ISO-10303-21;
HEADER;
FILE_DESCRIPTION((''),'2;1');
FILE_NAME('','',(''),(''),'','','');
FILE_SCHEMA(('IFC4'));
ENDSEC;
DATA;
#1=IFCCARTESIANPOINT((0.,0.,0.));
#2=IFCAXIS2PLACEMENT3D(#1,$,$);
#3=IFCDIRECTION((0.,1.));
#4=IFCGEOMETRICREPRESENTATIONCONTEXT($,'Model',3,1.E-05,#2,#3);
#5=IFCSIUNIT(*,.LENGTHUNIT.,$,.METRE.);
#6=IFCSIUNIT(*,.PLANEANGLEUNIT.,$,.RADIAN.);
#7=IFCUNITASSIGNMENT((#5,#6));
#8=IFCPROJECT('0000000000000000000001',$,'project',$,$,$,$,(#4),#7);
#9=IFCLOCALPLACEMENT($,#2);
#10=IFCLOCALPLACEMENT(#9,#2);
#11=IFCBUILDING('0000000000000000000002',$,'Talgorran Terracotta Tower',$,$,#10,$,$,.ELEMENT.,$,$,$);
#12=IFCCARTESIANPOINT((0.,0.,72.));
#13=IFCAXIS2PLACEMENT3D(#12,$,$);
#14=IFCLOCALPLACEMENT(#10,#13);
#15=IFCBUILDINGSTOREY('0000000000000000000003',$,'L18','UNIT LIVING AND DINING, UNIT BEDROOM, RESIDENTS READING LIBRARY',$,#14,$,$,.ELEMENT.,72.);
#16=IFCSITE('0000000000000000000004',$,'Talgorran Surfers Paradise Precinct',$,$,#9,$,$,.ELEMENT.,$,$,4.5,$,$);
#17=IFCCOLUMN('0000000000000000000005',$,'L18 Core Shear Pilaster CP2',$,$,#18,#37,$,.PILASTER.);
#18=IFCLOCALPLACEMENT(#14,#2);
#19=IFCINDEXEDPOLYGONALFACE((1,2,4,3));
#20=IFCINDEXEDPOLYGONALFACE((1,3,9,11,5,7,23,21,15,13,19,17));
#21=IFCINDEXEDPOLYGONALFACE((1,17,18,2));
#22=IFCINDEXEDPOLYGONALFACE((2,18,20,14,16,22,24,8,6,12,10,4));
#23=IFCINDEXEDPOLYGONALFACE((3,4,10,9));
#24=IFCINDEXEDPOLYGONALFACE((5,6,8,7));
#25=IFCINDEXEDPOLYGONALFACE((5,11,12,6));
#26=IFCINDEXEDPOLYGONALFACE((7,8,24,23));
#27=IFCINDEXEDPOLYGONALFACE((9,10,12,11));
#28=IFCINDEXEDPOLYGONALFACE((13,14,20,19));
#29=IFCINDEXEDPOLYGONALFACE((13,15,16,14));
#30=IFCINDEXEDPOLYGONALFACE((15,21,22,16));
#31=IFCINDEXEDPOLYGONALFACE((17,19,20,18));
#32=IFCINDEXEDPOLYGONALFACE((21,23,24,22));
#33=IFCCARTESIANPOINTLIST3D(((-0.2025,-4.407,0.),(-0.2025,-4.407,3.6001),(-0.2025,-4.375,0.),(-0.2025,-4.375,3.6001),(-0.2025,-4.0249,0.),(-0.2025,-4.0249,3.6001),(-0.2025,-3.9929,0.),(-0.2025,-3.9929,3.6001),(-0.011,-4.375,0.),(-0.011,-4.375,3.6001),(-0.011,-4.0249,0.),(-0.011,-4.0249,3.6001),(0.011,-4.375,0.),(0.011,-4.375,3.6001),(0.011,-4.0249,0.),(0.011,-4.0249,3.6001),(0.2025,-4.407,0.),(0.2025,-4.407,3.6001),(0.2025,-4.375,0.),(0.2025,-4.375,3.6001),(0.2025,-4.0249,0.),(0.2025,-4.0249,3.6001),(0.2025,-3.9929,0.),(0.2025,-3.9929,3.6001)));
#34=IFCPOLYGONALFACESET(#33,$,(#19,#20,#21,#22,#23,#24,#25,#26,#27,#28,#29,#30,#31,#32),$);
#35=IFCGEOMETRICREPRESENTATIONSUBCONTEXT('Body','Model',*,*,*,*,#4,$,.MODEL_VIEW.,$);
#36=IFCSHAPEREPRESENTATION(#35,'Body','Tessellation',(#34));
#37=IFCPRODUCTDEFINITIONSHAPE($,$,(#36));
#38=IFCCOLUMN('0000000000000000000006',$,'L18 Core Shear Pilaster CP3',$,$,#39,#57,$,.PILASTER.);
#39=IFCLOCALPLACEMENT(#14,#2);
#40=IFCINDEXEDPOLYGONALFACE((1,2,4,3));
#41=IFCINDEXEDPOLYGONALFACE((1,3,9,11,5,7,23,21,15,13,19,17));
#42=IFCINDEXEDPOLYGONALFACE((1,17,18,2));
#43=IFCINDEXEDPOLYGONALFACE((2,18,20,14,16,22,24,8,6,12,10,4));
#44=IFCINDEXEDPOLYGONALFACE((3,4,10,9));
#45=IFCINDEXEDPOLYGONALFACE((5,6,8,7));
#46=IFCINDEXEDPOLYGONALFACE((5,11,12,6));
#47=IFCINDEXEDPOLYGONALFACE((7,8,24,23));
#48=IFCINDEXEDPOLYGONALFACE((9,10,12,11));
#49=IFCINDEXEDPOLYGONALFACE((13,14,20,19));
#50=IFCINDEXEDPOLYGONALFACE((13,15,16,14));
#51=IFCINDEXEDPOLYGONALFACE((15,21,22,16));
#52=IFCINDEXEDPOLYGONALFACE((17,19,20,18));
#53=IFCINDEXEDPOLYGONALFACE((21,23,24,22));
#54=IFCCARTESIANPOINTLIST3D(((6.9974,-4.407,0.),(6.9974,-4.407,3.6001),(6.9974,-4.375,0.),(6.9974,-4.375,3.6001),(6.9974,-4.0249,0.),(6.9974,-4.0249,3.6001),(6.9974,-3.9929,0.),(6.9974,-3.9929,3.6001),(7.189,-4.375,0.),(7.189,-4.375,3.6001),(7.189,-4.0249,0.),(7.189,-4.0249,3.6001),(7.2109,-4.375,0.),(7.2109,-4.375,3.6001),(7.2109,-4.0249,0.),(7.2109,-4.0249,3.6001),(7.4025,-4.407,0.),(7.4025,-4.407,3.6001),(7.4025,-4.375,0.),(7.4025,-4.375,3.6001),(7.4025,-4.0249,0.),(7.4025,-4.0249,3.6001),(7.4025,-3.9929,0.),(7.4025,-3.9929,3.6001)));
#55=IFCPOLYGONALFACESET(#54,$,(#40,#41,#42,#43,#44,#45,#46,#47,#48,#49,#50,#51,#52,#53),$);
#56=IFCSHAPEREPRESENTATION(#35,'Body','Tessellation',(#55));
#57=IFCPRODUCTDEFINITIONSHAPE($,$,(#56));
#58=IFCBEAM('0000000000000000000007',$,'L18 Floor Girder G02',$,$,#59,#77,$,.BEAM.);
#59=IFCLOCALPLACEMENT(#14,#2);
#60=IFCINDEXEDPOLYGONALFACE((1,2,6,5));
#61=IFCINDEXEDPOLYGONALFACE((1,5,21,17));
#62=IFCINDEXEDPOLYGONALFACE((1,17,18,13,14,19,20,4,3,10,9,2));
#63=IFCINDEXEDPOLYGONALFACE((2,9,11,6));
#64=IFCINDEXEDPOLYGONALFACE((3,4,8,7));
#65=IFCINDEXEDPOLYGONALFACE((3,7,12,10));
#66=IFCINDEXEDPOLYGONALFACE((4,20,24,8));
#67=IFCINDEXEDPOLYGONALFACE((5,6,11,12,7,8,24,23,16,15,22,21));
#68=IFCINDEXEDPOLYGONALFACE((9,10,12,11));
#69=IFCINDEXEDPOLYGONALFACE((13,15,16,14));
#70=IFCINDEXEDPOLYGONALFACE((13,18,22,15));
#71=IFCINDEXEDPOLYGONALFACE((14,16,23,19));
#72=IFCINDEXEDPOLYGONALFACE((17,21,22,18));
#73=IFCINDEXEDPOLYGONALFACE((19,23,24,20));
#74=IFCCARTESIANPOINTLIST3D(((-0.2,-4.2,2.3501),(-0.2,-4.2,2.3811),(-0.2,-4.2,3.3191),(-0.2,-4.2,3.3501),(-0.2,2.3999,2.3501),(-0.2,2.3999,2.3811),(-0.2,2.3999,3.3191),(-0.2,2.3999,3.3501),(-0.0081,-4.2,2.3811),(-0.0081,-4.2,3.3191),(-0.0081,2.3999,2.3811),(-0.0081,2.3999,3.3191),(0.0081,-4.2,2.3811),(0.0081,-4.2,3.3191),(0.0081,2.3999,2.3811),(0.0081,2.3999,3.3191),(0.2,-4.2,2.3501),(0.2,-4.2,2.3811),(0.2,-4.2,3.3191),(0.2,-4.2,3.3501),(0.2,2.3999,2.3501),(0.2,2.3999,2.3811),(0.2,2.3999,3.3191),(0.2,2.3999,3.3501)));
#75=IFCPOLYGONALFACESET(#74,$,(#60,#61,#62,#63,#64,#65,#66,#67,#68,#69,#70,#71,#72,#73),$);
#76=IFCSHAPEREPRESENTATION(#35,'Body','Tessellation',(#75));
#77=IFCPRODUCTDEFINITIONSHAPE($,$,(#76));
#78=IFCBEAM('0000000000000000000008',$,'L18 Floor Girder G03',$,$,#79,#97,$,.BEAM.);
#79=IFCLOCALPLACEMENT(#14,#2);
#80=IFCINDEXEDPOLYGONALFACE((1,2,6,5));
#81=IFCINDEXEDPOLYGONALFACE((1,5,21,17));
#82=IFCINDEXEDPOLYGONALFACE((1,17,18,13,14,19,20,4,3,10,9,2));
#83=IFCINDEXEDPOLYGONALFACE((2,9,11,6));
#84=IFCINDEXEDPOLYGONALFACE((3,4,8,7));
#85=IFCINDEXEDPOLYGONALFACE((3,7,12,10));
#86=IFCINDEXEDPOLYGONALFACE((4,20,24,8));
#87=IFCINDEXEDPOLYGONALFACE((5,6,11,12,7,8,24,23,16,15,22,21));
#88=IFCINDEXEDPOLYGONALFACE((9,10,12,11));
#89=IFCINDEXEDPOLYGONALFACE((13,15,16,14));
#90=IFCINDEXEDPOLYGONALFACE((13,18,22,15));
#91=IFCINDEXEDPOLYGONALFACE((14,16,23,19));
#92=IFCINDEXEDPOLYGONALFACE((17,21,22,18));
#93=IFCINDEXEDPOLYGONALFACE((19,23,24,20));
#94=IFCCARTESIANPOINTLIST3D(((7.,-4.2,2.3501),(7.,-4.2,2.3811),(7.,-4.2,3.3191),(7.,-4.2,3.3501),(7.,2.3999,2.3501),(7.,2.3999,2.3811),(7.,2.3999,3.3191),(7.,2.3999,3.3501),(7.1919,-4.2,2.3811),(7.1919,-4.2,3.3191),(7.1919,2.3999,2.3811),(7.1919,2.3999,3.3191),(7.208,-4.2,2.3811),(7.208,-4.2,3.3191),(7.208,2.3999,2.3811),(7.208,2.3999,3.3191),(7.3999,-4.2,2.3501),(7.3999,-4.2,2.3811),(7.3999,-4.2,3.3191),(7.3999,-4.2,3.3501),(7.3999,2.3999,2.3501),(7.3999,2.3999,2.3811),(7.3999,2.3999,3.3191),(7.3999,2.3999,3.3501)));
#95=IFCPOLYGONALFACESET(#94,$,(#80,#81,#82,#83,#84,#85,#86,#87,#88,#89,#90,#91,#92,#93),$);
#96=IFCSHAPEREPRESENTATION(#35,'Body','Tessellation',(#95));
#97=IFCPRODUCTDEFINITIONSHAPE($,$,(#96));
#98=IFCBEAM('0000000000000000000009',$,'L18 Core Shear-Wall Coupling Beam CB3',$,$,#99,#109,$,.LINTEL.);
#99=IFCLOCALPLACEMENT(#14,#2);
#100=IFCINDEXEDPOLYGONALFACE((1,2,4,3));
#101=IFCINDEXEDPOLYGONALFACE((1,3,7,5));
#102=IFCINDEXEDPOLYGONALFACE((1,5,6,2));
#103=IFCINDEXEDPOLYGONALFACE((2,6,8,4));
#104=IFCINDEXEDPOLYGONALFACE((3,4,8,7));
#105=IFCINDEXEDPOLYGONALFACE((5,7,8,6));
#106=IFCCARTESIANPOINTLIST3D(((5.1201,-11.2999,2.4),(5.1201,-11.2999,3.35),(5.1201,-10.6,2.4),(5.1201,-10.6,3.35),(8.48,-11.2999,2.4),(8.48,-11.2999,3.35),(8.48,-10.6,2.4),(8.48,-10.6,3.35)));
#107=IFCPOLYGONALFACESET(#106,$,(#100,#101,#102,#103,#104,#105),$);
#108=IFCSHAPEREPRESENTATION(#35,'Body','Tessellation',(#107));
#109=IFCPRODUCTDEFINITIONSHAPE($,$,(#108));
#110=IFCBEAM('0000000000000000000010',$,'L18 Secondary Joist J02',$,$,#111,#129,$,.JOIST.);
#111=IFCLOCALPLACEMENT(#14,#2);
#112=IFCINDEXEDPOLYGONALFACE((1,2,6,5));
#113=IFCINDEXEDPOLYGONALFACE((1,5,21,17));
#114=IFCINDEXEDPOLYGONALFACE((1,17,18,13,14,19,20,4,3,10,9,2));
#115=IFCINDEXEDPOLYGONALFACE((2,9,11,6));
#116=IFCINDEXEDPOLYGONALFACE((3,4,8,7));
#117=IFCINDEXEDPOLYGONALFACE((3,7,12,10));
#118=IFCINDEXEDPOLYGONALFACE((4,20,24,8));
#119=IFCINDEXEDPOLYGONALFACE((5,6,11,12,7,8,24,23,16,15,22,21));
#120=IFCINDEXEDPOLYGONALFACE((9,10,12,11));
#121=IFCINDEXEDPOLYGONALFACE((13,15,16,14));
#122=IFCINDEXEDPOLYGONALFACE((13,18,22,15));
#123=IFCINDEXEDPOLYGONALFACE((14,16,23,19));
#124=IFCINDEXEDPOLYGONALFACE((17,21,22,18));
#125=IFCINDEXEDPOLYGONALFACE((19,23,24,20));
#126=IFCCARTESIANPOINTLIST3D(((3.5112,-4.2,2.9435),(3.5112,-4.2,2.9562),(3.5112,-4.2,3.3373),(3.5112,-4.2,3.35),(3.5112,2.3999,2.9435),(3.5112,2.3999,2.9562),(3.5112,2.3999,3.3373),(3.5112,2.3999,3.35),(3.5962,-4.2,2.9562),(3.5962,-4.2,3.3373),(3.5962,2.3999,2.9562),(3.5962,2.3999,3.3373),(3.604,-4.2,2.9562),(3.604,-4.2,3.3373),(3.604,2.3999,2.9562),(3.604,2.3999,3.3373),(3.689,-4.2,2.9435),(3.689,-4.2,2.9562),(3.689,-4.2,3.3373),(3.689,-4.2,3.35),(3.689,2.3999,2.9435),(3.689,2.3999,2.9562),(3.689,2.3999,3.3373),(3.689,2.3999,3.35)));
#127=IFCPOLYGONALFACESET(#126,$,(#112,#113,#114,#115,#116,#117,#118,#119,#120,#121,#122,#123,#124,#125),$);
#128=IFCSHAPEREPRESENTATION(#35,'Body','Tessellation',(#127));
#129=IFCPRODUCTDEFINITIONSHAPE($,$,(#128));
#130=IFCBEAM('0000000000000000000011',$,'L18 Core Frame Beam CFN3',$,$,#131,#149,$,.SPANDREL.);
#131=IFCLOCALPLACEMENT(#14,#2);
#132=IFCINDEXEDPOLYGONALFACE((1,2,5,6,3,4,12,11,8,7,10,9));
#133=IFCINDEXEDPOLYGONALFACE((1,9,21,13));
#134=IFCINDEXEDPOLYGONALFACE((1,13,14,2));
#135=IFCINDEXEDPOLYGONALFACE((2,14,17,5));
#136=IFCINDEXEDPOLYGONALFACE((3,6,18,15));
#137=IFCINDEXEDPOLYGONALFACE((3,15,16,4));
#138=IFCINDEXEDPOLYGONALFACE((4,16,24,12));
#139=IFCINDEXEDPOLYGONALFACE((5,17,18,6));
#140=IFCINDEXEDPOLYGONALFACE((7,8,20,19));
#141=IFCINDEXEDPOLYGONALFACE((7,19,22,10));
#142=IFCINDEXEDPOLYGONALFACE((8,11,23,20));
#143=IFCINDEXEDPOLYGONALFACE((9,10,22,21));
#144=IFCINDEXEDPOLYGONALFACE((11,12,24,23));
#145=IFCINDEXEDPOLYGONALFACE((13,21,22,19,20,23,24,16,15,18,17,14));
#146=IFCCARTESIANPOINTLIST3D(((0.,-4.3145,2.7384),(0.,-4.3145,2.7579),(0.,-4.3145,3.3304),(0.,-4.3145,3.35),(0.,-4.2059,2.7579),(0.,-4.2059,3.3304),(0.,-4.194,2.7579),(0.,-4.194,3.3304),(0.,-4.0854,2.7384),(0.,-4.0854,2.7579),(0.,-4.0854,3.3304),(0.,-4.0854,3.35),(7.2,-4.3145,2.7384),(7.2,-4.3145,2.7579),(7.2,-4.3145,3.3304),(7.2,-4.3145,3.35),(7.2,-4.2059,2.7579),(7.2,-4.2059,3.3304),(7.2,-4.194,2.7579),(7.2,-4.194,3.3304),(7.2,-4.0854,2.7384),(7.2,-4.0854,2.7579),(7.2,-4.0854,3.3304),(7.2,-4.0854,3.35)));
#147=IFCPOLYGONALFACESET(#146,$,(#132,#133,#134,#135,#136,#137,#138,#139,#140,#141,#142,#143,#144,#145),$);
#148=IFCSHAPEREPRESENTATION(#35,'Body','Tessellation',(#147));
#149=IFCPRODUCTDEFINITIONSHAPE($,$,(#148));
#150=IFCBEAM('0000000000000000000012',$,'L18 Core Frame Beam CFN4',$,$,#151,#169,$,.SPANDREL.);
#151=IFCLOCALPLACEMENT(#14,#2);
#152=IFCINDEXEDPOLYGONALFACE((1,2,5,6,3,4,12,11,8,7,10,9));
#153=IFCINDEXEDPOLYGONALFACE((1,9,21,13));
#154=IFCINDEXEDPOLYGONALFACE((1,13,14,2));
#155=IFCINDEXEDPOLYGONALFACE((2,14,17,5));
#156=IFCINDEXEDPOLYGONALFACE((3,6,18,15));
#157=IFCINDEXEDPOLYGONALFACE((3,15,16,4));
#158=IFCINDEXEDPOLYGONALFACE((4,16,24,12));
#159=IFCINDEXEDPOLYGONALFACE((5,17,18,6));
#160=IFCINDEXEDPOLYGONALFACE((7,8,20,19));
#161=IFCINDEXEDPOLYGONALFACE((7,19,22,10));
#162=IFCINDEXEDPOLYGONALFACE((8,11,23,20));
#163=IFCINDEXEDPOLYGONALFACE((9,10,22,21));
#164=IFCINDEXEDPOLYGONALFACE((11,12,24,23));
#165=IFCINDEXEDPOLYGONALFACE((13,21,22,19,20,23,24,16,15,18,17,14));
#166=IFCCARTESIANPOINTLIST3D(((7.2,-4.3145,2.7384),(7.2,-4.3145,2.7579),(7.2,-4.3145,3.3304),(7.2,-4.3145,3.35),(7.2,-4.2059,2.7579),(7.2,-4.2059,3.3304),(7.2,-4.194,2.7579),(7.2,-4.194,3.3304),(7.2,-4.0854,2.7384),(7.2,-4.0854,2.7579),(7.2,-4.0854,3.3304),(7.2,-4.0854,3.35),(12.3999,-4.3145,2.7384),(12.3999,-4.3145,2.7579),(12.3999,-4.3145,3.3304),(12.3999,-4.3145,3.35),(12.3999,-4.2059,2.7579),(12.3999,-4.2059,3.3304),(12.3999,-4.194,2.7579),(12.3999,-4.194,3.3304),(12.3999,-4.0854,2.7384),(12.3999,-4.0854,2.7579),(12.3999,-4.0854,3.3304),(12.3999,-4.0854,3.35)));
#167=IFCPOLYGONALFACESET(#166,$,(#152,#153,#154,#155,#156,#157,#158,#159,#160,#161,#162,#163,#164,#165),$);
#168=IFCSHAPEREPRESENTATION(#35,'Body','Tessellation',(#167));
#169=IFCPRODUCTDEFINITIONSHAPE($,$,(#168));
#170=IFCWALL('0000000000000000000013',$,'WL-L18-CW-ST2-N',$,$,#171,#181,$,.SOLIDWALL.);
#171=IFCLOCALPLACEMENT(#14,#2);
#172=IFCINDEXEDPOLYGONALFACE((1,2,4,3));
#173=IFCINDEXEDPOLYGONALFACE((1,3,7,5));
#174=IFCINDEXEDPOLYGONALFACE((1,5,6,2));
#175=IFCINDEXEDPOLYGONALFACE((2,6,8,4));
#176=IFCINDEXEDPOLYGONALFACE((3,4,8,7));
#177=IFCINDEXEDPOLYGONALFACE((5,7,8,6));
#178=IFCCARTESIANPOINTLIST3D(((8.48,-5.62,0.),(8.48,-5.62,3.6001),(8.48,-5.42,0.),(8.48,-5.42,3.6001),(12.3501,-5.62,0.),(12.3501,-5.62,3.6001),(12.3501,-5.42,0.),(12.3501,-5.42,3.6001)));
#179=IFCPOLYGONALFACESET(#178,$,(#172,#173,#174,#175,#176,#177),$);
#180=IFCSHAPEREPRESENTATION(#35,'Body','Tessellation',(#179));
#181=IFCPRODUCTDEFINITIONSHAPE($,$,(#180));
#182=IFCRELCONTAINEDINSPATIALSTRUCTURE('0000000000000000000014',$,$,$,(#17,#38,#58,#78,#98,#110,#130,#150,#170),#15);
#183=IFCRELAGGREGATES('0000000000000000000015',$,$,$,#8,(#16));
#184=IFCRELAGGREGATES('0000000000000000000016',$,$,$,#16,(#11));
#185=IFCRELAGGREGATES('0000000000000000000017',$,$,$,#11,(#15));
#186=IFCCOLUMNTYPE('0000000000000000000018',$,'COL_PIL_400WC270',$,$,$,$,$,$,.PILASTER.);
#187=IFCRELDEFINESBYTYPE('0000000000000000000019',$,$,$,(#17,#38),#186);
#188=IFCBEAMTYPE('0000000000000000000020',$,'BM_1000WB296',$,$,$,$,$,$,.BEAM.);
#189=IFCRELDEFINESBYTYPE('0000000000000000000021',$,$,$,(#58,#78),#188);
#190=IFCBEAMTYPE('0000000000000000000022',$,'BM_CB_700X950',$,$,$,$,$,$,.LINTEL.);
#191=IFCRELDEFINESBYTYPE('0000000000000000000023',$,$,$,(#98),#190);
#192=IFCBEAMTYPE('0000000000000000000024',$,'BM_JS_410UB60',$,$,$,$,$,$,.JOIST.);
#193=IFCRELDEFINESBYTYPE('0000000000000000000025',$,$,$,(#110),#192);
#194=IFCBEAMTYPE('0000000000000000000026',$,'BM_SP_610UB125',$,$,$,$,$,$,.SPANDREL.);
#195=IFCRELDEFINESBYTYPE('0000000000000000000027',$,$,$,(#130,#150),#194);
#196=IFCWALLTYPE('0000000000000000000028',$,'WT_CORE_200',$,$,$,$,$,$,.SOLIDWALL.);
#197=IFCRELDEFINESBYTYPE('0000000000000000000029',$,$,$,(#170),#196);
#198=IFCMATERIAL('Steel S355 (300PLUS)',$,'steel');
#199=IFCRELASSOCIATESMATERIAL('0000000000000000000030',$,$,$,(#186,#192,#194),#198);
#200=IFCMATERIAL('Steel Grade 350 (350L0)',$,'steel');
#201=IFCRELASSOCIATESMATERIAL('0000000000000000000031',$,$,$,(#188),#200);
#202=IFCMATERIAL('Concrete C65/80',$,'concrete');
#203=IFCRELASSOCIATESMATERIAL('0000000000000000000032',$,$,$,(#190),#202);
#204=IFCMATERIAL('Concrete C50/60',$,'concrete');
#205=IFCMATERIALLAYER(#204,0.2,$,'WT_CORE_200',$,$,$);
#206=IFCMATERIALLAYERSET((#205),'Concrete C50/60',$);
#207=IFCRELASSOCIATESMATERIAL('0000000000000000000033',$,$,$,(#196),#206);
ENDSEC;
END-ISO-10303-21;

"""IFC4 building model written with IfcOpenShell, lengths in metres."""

from ifc_helpers import new_model, si_unit, direction, frame, frame_2d, origin, origin_2d, place, context, subcontext, project, spatial, rectangle, i_section, extrude, material, layer, layer_set, material_profile, profile_set, type_object, element, save


model = new_model("IFC4")

# Units and contexts
model_context = context("Model", 3, precision=1e-05, world=origin(), true_north=direction((0.0, 1.0)))
body_context = subcontext(model_context, "Body", "Model", "MODEL_VIEW")
ifc_project = project(units=[si_unit("LENGTHUNIT", "METRE"), si_unit("PLANEANGLEUNIT", "RADIAN")], contexts=[model_context])

# Site, building, storey
site_placement = place(None, origin())
site = spatial("IfcSite", under=ifc_project, at=site_placement, Name="Talgorran Surfers Paradise Precinct", CompositionType="ELEMENT", RefElevation=4.5)
building_placement = place(site_placement, origin())
building = spatial("IfcBuilding", under=site, at=building_placement, Name="Talgorran Terracotta Tower", CompositionType="ELEMENT")
storey_placement = place(building_placement, frame((0.0, 0.0, 72.0)))
storey = spatial("IfcBuildingStorey", under=building, at=storey_placement, Name="L18", Description="UNIT LIVING AND DINING, UNIT BEDROOM, RESIDENTS READING LIBRARY", CompositionType="ELEMENT", Elevation=72.0)

# Columns
ifc_material_1 = material(Name="Steel S355 (300PLUS)", Category="steel")
ifc_material_profile_1 = material_profile(ifc_material_1, i_section(OverallWidth=0.405, OverallDepth=0.4141, WebThickness=0.022, FlangeThickness=0.032, at=origin_2d()), Name="400WC270")
ifc_profile_set_1 = profile_set([ifc_material_profile_1], Name="Steel S355 (300PLUS)")
column_type = type_object("IfcColumnType", Name="COL_PIL_400WC270", PredefinedType="PILASTER", material=ifc_profile_set_1)
for number, where, z_axis, x_axis, name in (
    (1, (0.0, -4.2, 0.0), (0.0, 0.0, 1.0), (1.0, 0.0, 0.0), "L18 Core Shear Pilaster CP2"),
    (2, (7.2, -4.2, 0.0), (0.0, 0.0, 1.0), (1.0, 0.0, 0.0), "L18 Core Shear Pilaster CP3"),
):
    element("IfcColumn", number, at=place(storey_placement, frame(where, z_axis=z_axis, x_axis=x_axis)), inside=storey, type_object=column_type, Name=name, PredefinedType="PILASTER", context=body_context, shape_type="SweptSolid", body=[
        extrude(i_section(OverallWidth=0.405, OverallDepth=0.4141, WebThickness=0.022, FlangeThickness=0.032, at=origin_2d()), origin(), (0.0, 0.0, 1.0), 3.6001),
    ])

# Beams
ifc_material_2 = material(Name="Steel Grade 350 (350L0)", Category="steel")
ifc_material_profile_2 = material_profile(ifc_material_2, i_section(OverallWidth=0.3999, OverallDepth=1.0, WebThickness=0.0161, FlangeThickness=0.031, at=origin_2d()), Name="1000WB296")
ifc_profile_set_2 = profile_set([ifc_material_profile_2], Name="Steel Grade 350 (350L0)")
beam_type_1 = type_object("IfcBeamType", Name="BM_1000WB296", PredefinedType="BEAM", material=ifc_profile_set_2)
for number, where, z_axis, x_axis, name in (
    (3, (0.0, -4.2, 2.8501), (0.0, 1.0, 0.0), (-1.0, 0.0, 0.0), "L18 Floor Girder G02"),
    (4, (7.2, -4.2, 2.8501), (0.0, 1.0, 0.0), (-1.0, 0.0, 0.0), "L18 Floor Girder G03"),
):
    element("IfcBeam", number, at=place(storey_placement, frame(where, z_axis=z_axis, x_axis=x_axis)), inside=storey, type_object=beam_type_1, Name=name, PredefinedType="BEAM", context=body_context, shape_type="SweptSolid", body=[
        extrude(i_section(OverallWidth=0.3999, OverallDepth=1.0, WebThickness=0.0161, FlangeThickness=0.031, at=origin_2d()), origin(), (0.0, 0.0, 1.0), 6.5999),
    ])
ifc_material_3 = material(Name="Concrete C65/80", Category="concrete")
ifc_material_profile_3 = material_profile(ifc_material_3, rectangle(XDim=0.7, YDim=0.95, at=origin_2d()), Name="RCCB700X950")
ifc_profile_set_3 = profile_set([ifc_material_profile_3], Name="Concrete C65/80")
beam_type_2 = type_object("IfcBeamType", Name="BM_CB_700X950", PredefinedType="LINTEL", material=ifc_profile_set_3)
beam_1_placement = place(storey_placement, frame((5.1201, -10.95, 2.875), z_axis=(1.0, 0.0, 0.0), x_axis=(0.0, 1.0, 0.0)))
element("IfcBeam", 5, at=beam_1_placement, inside=storey, type_object=beam_type_2, Name="L18 Core Shear-Wall Coupling Beam CB3", PredefinedType="LINTEL", context=body_context, shape_type="SweptSolid", body=[
    extrude(rectangle(XDim=0.7, YDim=0.95, at=origin_2d()), origin(), (0.0, 0.0, 1.0), 3.3599),
])
ifc_material_profile_4 = material_profile(ifc_material_1, i_section(OverallWidth=0.1777, OverallDepth=0.4065, WebThickness=0.0078, FlangeThickness=0.0127, at=origin_2d()), Name="410UB59.7")
ifc_profile_set_4 = profile_set([ifc_material_profile_4], Name="Steel S355 (300PLUS)")
beam_type_3 = type_object("IfcBeamType", Name="BM_JS_410UB60", PredefinedType="JOIST", material=ifc_profile_set_4)
beam_2_placement = place(storey_placement, frame((3.6001, -4.2, 3.1467), z_axis=(0.0, 1.0, 0.0), x_axis=(-1.0, 0.0, 0.0)))
element("IfcBeam", 6, at=beam_2_placement, inside=storey, type_object=beam_type_3, Name="L18 Secondary Joist J02", PredefinedType="JOIST", context=body_context, shape_type="SweptSolid", body=[
    extrude(i_section(OverallWidth=0.1777, OverallDepth=0.4065, WebThickness=0.0078, FlangeThickness=0.0127, at=origin_2d()), origin(), (0.0, 0.0, 1.0), 6.5999),
])
ifc_material_profile_5 = material_profile(ifc_material_1, i_section(OverallWidth=0.229, OverallDepth=0.6116, WebThickness=0.012, FlangeThickness=0.0195, at=origin_2d()), Name="610UB125")
ifc_profile_set_5 = profile_set([ifc_material_profile_5], Name="Steel S355 (300PLUS)")
beam_type_4 = type_object("IfcBeamType", Name="BM_SP_610UB125", PredefinedType="SPANDREL", material=ifc_profile_set_5)
beam_3_placement = place(storey_placement, frame((0.0, -4.2, 3.0442), z_axis=(1.0, 0.0, 0.0), x_axis=(0.0, 1.0, 0.0)))
element("IfcBeam", 7, at=beam_3_placement, inside=storey, type_object=beam_type_4, Name="L18 Core Frame Beam CFN3", PredefinedType="SPANDREL", context=body_context, shape_type="SweptSolid", body=[
    extrude(i_section(OverallWidth=0.229, OverallDepth=0.6116, WebThickness=0.012, FlangeThickness=0.0195, at=origin_2d()), origin(), (0.0, 0.0, 1.0), 7.2),
])
beam_4_placement = place(storey_placement, frame((7.2, -4.2, 3.0442), z_axis=(1.0, 0.0, 0.0), x_axis=(0.0, 1.0, 0.0)))
element("IfcBeam", 8, at=beam_4_placement, inside=storey, type_object=beam_type_4, Name="L18 Core Frame Beam CFN4", PredefinedType="SPANDREL", context=body_context, shape_type="SweptSolid", body=[
    extrude(i_section(OverallWidth=0.229, OverallDepth=0.6116, WebThickness=0.012, FlangeThickness=0.0195, at=origin_2d()), origin(), (0.0, 0.0, 1.0), 5.2),
])

# Wall
ifc_material_4 = material(Name="Concrete C50/60", Category="concrete")
ifc_layer_1 = layer(ifc_material_4, 0.2, Name="WT_CORE_200")
ifc_layer_set_1 = layer_set([ifc_layer_1], Name="Concrete C50/60")
wall_type_1 = type_object("IfcWallType", Name="WT_CORE_200", PredefinedType="SOLIDWALL", material=ifc_layer_set_1)
for number, where, z_axis, x_axis, name in (
    (9, (8.48, -5.52, 0.0), (0.0, 0.0, 1.0), (1.0, 0.0, 0.0), "WL-L18-CW-ST2-N"),
):
    element("IfcWall", number, at=place(storey_placement, frame(where, z_axis=z_axis, x_axis=x_axis)), inside=storey, type_object=wall_type_1, Name=name, PredefinedType="SOLIDWALL", context=body_context, shape_type="SweptSolid", body=[
        extrude(rectangle(XDim=3.8701, YDim=0.2, at=frame_2d((1.9351, 0.0))), origin(), (0.0, 0.0, 1.0), 3.6001),
    ])

save(model, "model.ifc")
